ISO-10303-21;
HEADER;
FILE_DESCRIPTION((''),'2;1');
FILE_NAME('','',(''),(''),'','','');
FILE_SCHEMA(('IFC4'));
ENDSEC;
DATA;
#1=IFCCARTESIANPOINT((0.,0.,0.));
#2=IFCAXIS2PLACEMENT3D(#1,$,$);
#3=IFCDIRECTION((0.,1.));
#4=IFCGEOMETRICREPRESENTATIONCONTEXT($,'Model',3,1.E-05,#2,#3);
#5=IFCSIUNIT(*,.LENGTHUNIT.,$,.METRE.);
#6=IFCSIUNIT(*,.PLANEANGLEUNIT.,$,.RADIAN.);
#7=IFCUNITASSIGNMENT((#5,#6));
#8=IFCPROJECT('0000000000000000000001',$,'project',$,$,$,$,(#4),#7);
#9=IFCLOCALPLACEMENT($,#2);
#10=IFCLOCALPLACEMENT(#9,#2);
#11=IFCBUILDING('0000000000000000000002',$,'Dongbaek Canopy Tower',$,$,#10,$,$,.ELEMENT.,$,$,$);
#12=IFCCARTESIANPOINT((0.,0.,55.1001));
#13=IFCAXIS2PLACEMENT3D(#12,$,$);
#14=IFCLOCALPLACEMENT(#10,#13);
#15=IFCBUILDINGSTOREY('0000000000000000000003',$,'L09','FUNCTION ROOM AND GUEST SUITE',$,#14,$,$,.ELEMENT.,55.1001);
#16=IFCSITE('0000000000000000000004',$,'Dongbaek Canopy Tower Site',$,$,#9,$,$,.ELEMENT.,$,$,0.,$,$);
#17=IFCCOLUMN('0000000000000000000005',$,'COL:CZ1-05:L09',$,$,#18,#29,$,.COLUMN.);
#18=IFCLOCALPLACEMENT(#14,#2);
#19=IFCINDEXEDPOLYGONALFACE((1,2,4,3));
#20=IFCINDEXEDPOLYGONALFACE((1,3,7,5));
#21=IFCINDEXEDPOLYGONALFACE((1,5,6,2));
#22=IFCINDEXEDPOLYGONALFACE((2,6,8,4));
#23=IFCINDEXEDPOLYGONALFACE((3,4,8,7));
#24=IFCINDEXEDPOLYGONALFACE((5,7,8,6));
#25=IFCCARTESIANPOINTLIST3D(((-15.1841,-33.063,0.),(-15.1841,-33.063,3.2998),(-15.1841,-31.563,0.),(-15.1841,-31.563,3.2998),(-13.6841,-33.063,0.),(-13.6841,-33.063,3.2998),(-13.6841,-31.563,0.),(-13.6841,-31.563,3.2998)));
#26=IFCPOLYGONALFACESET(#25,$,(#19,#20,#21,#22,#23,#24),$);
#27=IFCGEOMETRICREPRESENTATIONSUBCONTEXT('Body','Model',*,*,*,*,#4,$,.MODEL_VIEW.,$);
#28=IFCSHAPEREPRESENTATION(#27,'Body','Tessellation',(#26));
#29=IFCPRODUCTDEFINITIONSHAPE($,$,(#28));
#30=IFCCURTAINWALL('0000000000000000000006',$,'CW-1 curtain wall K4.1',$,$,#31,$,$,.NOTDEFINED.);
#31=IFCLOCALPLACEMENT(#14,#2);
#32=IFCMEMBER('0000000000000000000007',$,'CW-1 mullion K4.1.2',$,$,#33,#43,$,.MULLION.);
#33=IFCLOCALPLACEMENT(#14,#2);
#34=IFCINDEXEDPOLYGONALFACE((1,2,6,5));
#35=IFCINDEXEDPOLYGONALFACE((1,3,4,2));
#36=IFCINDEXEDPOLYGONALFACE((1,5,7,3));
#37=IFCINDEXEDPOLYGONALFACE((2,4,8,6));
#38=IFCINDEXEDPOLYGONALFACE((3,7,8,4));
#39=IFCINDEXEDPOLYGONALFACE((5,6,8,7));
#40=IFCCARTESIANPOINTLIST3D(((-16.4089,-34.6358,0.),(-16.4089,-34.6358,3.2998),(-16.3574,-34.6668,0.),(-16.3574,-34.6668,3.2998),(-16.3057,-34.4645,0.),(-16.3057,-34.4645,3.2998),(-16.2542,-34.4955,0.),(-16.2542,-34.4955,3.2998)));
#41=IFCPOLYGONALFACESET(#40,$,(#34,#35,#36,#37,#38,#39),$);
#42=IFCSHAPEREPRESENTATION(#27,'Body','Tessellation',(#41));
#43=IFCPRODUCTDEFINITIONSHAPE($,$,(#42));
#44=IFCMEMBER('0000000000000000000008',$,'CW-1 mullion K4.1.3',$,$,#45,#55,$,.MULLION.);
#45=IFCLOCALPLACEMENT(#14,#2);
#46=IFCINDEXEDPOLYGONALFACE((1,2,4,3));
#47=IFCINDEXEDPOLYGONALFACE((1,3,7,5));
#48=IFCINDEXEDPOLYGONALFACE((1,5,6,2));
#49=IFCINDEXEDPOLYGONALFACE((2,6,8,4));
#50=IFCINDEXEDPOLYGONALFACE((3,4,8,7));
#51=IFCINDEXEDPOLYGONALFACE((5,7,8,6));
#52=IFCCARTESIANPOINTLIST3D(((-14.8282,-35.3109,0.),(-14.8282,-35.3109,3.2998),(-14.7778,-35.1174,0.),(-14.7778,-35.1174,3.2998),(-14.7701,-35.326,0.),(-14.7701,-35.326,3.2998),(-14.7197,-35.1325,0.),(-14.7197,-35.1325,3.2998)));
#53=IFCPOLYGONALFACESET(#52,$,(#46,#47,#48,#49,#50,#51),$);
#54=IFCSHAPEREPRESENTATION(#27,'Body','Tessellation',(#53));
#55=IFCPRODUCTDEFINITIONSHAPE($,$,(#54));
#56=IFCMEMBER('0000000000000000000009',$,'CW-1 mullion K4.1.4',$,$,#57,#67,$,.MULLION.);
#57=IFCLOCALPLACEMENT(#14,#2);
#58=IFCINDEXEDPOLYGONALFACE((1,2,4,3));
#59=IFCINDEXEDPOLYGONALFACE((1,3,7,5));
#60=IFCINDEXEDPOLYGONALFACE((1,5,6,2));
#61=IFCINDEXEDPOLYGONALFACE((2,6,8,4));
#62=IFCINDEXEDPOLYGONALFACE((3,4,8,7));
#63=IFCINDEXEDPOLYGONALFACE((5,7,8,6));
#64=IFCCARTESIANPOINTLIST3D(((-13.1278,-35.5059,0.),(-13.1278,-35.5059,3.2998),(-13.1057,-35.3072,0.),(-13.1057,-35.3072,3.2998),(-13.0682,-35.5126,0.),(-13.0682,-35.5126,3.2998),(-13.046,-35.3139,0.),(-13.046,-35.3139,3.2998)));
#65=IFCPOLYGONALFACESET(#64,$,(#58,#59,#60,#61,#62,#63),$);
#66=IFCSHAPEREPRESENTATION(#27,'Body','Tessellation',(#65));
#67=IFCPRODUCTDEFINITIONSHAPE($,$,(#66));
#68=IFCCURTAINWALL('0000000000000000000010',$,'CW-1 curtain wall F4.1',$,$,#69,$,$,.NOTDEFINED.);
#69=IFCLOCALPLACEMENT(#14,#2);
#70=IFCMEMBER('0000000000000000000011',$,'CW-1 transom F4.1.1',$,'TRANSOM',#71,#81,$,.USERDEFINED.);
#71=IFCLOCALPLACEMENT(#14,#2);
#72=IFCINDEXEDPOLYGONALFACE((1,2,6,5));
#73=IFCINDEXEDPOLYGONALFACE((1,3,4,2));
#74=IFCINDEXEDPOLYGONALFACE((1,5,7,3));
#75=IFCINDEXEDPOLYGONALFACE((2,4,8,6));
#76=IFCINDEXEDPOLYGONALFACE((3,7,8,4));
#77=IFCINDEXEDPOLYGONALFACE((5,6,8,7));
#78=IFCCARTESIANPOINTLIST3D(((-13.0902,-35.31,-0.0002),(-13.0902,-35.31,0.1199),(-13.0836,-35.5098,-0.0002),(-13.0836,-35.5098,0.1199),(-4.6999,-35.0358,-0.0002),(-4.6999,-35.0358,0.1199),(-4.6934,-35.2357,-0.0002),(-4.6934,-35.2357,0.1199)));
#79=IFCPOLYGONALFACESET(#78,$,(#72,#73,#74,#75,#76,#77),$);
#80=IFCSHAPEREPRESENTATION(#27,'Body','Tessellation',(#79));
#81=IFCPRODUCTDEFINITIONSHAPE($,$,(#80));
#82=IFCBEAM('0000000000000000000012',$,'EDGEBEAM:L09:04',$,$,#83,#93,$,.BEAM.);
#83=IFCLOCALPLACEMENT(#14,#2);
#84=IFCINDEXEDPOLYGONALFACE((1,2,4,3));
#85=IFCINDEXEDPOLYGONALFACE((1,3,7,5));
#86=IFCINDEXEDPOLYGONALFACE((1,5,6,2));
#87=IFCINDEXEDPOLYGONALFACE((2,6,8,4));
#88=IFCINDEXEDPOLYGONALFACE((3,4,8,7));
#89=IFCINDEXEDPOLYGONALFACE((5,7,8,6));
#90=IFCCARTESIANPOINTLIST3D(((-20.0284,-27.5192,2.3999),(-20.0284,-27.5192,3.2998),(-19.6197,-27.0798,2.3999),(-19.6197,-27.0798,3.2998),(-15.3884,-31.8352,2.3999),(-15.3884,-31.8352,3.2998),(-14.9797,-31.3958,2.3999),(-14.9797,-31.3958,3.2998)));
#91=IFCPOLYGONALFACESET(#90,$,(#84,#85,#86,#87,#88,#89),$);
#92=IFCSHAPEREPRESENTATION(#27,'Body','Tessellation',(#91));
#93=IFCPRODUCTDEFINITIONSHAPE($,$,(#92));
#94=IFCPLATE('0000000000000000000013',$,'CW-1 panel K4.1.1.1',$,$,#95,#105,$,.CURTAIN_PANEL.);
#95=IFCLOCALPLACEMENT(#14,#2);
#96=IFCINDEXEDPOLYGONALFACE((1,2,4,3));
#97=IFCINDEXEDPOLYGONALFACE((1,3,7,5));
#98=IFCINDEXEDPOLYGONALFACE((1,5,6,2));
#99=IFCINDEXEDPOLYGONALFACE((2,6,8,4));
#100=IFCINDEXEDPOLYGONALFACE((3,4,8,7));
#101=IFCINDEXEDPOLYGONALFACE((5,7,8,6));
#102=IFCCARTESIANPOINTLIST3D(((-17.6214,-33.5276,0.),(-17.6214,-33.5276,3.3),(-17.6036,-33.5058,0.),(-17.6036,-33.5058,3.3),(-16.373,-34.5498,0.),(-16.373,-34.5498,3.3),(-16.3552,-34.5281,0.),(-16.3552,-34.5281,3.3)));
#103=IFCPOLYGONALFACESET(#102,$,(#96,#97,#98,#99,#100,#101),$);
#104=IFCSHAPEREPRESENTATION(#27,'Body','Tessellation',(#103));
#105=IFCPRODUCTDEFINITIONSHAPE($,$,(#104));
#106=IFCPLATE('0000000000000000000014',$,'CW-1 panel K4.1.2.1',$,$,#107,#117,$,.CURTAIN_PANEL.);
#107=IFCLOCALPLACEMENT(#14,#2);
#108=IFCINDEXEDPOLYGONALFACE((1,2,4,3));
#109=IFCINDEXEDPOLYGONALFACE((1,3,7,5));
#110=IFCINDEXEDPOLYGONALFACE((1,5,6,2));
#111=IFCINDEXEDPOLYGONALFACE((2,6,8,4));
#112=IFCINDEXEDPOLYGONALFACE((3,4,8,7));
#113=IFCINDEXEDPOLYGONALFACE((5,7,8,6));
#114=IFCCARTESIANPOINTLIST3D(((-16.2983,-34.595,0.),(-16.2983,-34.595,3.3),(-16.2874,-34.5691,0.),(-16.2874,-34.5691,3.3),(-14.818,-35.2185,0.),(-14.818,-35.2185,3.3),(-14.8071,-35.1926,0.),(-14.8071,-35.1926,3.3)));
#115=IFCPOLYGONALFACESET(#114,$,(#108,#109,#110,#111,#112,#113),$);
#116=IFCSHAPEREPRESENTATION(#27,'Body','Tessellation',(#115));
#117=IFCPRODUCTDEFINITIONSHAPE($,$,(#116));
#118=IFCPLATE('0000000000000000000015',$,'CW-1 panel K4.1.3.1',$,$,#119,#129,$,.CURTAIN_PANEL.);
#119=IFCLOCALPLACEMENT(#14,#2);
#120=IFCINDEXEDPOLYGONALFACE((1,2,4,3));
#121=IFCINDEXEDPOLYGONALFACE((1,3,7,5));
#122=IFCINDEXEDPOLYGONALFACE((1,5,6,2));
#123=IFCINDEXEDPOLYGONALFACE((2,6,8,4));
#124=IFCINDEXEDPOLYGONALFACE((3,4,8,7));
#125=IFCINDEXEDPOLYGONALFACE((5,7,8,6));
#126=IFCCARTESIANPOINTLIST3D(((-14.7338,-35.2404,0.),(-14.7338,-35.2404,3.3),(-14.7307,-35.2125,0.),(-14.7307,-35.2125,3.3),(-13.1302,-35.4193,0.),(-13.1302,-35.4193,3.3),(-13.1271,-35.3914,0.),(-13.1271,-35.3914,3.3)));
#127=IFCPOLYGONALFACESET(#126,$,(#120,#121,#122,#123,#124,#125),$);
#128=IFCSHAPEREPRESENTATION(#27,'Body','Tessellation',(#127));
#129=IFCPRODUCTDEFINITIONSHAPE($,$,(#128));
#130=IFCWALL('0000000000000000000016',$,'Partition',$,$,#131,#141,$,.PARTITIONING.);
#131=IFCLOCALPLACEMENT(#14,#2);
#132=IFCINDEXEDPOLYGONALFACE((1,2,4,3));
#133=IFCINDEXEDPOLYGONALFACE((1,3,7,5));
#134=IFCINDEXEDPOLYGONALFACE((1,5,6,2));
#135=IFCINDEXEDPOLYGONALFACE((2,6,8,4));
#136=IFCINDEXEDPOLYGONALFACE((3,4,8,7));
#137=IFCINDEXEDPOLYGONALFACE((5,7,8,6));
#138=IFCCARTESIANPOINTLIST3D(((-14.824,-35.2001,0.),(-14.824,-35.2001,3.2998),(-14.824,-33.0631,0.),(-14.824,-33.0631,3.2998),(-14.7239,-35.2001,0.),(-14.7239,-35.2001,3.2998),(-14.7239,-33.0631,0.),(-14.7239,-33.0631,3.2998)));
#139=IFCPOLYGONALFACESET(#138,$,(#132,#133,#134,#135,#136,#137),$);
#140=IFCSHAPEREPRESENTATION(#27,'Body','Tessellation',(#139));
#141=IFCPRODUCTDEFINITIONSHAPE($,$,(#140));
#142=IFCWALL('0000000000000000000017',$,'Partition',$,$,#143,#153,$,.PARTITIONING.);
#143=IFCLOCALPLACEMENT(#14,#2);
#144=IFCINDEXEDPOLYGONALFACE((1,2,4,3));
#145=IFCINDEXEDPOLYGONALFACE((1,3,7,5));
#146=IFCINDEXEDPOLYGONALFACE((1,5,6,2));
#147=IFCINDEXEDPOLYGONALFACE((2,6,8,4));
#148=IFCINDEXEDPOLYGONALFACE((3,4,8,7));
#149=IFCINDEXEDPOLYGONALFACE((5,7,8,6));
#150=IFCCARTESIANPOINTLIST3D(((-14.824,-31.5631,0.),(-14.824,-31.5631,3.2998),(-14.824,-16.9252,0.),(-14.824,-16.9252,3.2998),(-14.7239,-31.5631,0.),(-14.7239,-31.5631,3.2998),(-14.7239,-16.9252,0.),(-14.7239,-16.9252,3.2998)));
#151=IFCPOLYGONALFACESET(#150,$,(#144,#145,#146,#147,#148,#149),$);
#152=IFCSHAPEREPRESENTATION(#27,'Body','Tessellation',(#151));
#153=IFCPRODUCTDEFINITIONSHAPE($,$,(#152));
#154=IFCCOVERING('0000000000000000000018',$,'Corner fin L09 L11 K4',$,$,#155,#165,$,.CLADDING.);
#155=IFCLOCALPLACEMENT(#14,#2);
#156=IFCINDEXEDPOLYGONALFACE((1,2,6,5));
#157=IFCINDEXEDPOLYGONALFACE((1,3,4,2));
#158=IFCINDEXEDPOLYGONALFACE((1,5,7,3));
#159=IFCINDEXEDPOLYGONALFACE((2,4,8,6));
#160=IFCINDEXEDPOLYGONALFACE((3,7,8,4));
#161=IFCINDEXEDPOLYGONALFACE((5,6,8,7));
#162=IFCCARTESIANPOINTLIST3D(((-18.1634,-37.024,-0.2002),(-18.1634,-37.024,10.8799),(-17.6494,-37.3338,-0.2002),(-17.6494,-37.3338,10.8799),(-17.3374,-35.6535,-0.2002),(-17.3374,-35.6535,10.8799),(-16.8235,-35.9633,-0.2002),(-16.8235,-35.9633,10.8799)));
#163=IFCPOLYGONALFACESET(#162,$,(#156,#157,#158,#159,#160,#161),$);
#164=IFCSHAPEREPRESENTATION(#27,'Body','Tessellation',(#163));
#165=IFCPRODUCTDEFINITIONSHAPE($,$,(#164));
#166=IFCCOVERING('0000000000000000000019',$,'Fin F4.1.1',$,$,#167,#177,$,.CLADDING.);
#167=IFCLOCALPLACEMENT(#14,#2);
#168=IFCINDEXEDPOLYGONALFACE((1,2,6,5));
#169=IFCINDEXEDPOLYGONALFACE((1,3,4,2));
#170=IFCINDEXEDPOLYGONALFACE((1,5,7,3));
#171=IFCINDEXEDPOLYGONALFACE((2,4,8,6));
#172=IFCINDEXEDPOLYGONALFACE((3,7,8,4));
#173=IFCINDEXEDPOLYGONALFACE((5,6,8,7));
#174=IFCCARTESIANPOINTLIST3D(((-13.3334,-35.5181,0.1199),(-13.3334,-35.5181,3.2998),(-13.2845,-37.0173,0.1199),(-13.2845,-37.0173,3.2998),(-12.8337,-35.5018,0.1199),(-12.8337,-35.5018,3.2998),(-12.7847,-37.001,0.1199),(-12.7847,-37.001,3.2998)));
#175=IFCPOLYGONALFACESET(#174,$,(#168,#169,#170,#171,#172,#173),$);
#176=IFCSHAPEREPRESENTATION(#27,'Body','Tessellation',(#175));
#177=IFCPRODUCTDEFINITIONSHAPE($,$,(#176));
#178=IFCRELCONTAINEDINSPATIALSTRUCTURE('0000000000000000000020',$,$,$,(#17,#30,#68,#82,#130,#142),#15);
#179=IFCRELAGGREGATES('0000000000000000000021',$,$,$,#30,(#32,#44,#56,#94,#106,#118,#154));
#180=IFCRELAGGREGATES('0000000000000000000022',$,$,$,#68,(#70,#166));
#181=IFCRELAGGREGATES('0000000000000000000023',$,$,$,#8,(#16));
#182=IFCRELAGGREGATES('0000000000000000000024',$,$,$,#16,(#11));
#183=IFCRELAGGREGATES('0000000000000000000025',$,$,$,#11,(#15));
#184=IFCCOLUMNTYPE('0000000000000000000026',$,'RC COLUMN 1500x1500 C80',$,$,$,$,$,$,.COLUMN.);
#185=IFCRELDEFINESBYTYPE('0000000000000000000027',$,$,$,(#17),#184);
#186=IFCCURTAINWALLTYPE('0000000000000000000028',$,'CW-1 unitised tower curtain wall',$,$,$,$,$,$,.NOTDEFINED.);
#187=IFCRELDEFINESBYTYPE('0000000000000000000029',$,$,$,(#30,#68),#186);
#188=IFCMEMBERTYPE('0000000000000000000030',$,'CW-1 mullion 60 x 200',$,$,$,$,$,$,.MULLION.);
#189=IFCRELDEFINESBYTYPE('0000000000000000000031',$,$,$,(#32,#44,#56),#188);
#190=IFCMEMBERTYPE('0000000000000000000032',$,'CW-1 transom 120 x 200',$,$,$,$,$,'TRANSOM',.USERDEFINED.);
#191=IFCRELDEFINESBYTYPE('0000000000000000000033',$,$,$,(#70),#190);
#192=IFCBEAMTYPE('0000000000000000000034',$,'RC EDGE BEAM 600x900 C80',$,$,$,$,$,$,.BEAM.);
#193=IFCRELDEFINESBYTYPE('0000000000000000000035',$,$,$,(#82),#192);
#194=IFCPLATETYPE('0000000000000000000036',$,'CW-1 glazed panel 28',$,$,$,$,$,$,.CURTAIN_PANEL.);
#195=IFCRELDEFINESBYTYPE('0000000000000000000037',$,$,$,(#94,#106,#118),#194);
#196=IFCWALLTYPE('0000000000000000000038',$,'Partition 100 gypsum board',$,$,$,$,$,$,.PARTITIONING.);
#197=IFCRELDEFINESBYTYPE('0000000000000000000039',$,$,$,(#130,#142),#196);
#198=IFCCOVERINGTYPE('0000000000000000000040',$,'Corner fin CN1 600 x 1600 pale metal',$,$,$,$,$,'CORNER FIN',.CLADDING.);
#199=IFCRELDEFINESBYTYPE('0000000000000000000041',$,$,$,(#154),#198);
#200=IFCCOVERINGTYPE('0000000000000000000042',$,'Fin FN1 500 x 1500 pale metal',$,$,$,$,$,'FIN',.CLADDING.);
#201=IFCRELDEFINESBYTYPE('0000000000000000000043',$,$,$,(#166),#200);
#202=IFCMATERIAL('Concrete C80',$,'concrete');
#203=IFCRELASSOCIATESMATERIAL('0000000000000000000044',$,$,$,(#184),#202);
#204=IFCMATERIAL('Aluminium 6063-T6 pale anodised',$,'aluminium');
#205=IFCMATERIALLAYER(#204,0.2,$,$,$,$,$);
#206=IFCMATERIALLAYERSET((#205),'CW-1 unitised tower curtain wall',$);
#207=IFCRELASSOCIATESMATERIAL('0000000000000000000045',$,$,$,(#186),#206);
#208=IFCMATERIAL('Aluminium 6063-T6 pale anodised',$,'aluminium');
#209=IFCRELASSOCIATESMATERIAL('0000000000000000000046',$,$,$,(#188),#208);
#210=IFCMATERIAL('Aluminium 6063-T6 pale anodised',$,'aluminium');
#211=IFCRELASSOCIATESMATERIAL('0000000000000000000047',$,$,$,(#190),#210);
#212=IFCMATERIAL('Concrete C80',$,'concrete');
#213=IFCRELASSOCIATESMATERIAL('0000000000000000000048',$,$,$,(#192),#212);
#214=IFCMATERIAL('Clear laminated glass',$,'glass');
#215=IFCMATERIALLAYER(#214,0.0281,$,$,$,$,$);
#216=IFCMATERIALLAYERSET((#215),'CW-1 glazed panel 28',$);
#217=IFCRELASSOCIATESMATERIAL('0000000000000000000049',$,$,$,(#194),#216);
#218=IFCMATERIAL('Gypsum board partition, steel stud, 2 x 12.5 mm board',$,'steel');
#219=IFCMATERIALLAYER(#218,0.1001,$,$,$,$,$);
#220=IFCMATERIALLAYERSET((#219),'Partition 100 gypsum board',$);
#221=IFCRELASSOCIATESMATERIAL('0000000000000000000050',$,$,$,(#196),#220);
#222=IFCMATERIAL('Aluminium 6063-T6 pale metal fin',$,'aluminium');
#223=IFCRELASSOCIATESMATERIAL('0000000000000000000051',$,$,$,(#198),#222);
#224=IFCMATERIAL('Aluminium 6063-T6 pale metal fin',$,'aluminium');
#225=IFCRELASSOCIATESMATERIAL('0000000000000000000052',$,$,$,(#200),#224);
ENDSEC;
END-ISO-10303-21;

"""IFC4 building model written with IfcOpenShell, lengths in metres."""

from ifc_helpers import new_model, si_unit, direction, frame, frame_2d, origin, origin_2d, place, context, subcontext, project, spatial, rectangle, extrude, material, layer, layer_set, material_profile, profile_set, type_object, element, aggregate, save


model = new_model("IFC4")

# Units and contexts
model_context = context("Model", 3, precision=1e-05, world=origin(), true_north=direction((0.0, 1.0)))
body_context = subcontext(model_context, "Body", "Model", "MODEL_VIEW")
ifc_project = project(units=[si_unit("LENGTHUNIT", "METRE"), si_unit("PLANEANGLEUNIT", "RADIAN")], contexts=[model_context])

# Site, building, storey
site_placement = place(None, origin())
site = spatial("IfcSite", under=ifc_project, at=site_placement, Name="Dongbaek Canopy Tower Site", CompositionType="ELEMENT", RefElevation=0.0)
building_placement = place(site_placement, origin())
building = spatial("IfcBuilding", under=site, at=building_placement, Name="Dongbaek Canopy Tower", CompositionType="ELEMENT")
storey_placement = place(building_placement, frame((0.0, 0.0, 55.1001)))
storey = spatial("IfcBuildingStorey", under=building, at=storey_placement, Name="L09", Description="FUNCTION ROOM AND GUEST SUITE", CompositionType="ELEMENT", Elevation=55.1001)

# Column
ifc_material_1 = material(Name="Concrete C80", Category="concrete")
ifc_material_profile_1 = material_profile(ifc_material_1, rectangle(XDim=1.5, YDim=1.5, at=origin_2d()), Name="RC COLUMN 1500x1500 C80")
ifc_profile_set_1 = profile_set([ifc_material_profile_1], Name="Concrete C80")
column_type = type_object("IfcColumnType", Name="RC COLUMN 1500x1500 C80", PredefinedType="COLUMN", material=ifc_profile_set_1)
column_placement = place(storey_placement, frame((-14.4341, -32.313, 0.0), z_axis=(0.0, 0.0, 1.0), x_axis=(1.0, 0.0, 0.0)))
element("IfcColumn", 1, at=column_placement, inside=storey, type_object=column_type, Name="COL:CZ1-05:L09", PredefinedType="COLUMN", context=body_context, shape_type="SweptSolid", body=[
    extrude(rectangle(XDim=1.5, YDim=1.5, at=origin_2d()), origin(), (0.0, 0.0, 1.0), 3.2998),
])

# Curtain wall, members
ifc_material_2 = material(Name="Aluminium 6063-T6 pale anodised", Category="aluminium")
ifc_layer_1 = layer(ifc_material_2, 0.2)
ifc_layer_set_1 = layer_set([ifc_layer_1], Name="CW-1 unitised tower curtain wall")
curtain_wall_type = type_object("IfcCurtainWallType", Name="CW-1 unitised tower curtain wall", PredefinedType="NOTDEFINED", material=ifc_layer_set_1)
curtain_wall_1_placement = place(storey_placement, origin())
curtain_wall_1 = element("IfcCurtainWall", 2, at=curtain_wall_1_placement, inside=storey, type_object=curtain_wall_type, Name="CW-1 curtain wall K4.1", PredefinedType="NOTDEFINED")
ifc_material_3 = material(Name="Aluminium 6063-T6 pale anodised", Category="aluminium")
ifc_material_profile_2 = material_profile(ifc_material_3, rectangle(XDim=0.2, YDim=0.0601, at=origin_2d()), Name="CW-1 mullion 60 x 200")
ifc_profile_set_2 = profile_set([ifc_material_profile_2], Name="Aluminium 6063-T6 pale anodised")
member_type_1 = type_object("IfcMemberType", Name="CW-1 mullion 60 x 200", PredefinedType="MULLION", material=ifc_profile_set_2)
member_1_placement = place(storey_placement, frame((-16.3315, -34.5657, 0.0), z_axis=(0.0, 0.0, 1.0), x_axis=(-0.516171, -0.856486, 0.0)))
member_1 = element("IfcMember", 3, at=member_1_placement, type_object=member_type_1, Name="CW-1 mullion K4.1.2", PredefinedType="MULLION", context=body_context, shape_type="SweptSolid", body=[
    extrude(rectangle(XDim=0.2, YDim=0.0601, at=origin_2d()), origin(), (0.0, 0.0, 1.0), 3.2998),
])
member_2_placement = place(storey_placement, frame((-14.7739, -35.2217, 0.0), z_axis=(0.0, 0.0, 1.0), x_axis=(-0.252111, -0.967698, 0.0)))
member_2 = element("IfcMember", 4, at=member_2_placement, type_object=member_type_1, Name="CW-1 mullion K4.1.3", PredefinedType="MULLION", context=body_context, shape_type="SweptSolid", body=[
    extrude(rectangle(XDim=0.2, YDim=0.0601, at=origin_2d()), origin(), (0.0, 0.0, 1.0), 3.2998),
])
member_3_placement = place(storey_placement, frame((-13.0869, -35.4099, 0.0), z_axis=(0.0, 0.0, 1.0), x_axis=(-0.110876, -0.993834, 0.0)))
member_3 = element("IfcMember", 5, at=member_3_placement, type_object=member_type_1, Name="CW-1 mullion K4.1.4", PredefinedType="MULLION", context=body_context, shape_type="SweptSolid", body=[
    extrude(rectangle(XDim=0.2, YDim=0.0601, at=origin_2d()), origin(), (0.0, 0.0, 1.0), 3.2998),
])

# Curtain wall, member
curtain_wall_2_placement = place(storey_placement, origin())
curtain_wall_2 = element("IfcCurtainWall", 6, at=curtain_wall_2_placement, inside=storey, type_object=curtain_wall_type, Name="CW-1 curtain wall F4.1", PredefinedType="NOTDEFINED")
ifc_material_4 = material(Name="Aluminium 6063-T6 pale anodised", Category="aluminium")
ifc_material_profile_3 = material_profile(ifc_material_4, rectangle(XDim=0.2, YDim=0.1201, at=origin_2d()), Name="CW-1 transom 120 x 200")
ifc_profile_set_3 = profile_set([ifc_material_profile_3], Name="Aluminium 6063-T6 pale anodised")
member_type_2 = type_object("IfcMemberType", Name="CW-1 transom 120 x 200", ElementType="TRANSOM", PredefinedType="USERDEFINED", material=ifc_profile_set_3)
member_4_placement = place(storey_placement, frame((-13.0869, -35.4099, 0.0598), z_axis=(0.999467, 0.032659, 0.0), x_axis=(-0.032659, 0.999467, 0.0)))
member_4 = element("IfcMember", 7, at=member_4_placement, type_object=member_type_2, Name="CW-1 transom F4.1.1", ObjectType="TRANSOM", PredefinedType="USERDEFINED", context=body_context, shape_type="SweptSolid", body=[
    extrude(rectangle(XDim=0.2, YDim=0.1201, at=origin_2d()), origin(), (0.0, 0.0, 1.0), 8.3948),
])

# Beam
ifc_material_5 = material(Name="Concrete C80", Category="concrete")
ifc_material_profile_4 = material_profile(ifc_material_5, rectangle(XDim=0.6001, YDim=0.8999, at=origin_2d()), Name="RC EDGE BEAM 600x900 C80")
ifc_profile_set_4 = profile_set([ifc_material_profile_4], Name="Concrete C80")
beam_type = type_object("IfcBeamType", Name="RC EDGE BEAM 600x900 C80", PredefinedType="BEAM", material=ifc_profile_set_4)
beam_placement = place(storey_placement, frame((-15.1841, -31.6155, 2.8499), z_axis=(-0.732207, 0.681082, 0.0), x_axis=(-0.681082, -0.732207, 0.0)))
element("IfcBeam", 8, at=beam_placement, inside=storey, type_object=beam_type, Name="EDGEBEAM:L09:04", PredefinedType="BEAM", context=body_context, shape_type="SweptSolid", body=[
    extrude(rectangle(XDim=0.6001, YDim=0.8999, at=origin_2d()), origin(), (0.0, 0.0, 1.0), 6.3369),
])

# Plates
ifc_material_6 = material(Name="Clear laminated glass", Category="glass")
ifc_layer_2 = layer(ifc_material_6, 0.0281)
ifc_layer_set_2 = layer_set([ifc_layer_2], Name="CW-1 glazed panel 28")
plate_type = type_object("IfcPlateType", Name="CW-1 glazed panel 28", PredefinedType="CURTAIN_PANEL", material=ifc_layer_set_2)
plate_1_placement = place(storey_placement, frame((-16.9883, -34.0278, 0.0), z_axis=(0.0, 0.0, 1.0), x_axis=(0.773703, -0.633548, 0.0)))
plate_1 = element("IfcPlate", 9, at=plate_1_placement, type_object=plate_type, Name="CW-1 panel K4.1.1.1", PredefinedType="CURTAIN_PANEL", context=body_context, shape_type="SweptSolid", body=[
    extrude(rectangle(XDim=1.6135, YDim=0.0281, at=origin_2d()), origin(), (0.0, 0.0, 1.0), 3.3),
])
plate_2_placement = place(storey_placement, frame((-15.5527, -34.8938, 0.0), z_axis=(0.0, 0.0, 1.0), x_axis=(0.921598, -0.388145, 0.0)))
plate_2 = element("IfcPlate", 10, at=plate_2_placement, type_object=plate_type, Name="CW-1 panel K4.1.2.1", PredefinedType="CURTAIN_PANEL", context=body_context, shape_type="SweptSolid", body=[
    extrude(rectangle(XDim=1.6062, YDim=0.0281, at=origin_2d()), origin(), (0.0, 0.0, 1.0), 3.3),
])
plate_3_placement = place(storey_placement, frame((-13.9304, -35.3159, 0.0), z_axis=(0.0, 0.0, 1.0), x_axis=(0.993834, -0.110876, 0.0)))
plate_3 = element("IfcPlate", 11, at=plate_3_placement, type_object=plate_type, Name="CW-1 panel K4.1.3.1", PredefinedType="CURTAIN_PANEL", context=body_context, shape_type="SweptSolid", body=[
    extrude(rectangle(XDim=1.6135, YDim=0.0281, at=origin_2d()), origin(), (0.0, 0.0, 1.0), 3.3),
])

# Walls
ifc_material_7 = material(Name="Gypsum board partition, steel stud, 2 x 12.5 mm board", Category="steel")
ifc_layer_3 = layer(ifc_material_7, 0.1001)
ifc_layer_set_3 = layer_set([ifc_layer_3], Name="Partition 100 gypsum board")
wall_type = type_object("IfcWallType", Name="Partition 100 gypsum board", PredefinedType="PARTITIONING", material=ifc_layer_set_3)
wall_1_placement = place(storey_placement, frame((-14.7739, -35.2, 0.0), z_axis=(0.0, 0.0, 1.0), x_axis=(0.0, 1.0, 0.0)))
element("IfcWall", 12, at=wall_1_placement, inside=storey, type_object=wall_type, Name="Partition", PredefinedType="PARTITIONING", context=body_context, shape_type="SweptSolid", body=[
    extrude(rectangle(XDim=2.137, YDim=0.1001, at=frame_2d((1.0684, 0.0))), origin(), (0.0, 0.0, 1.0), 3.2998),
])
wall_2_placement = place(storey_placement, frame((-14.7739, -31.563, 0.0), z_axis=(0.0, 0.0, 1.0), x_axis=(0.0, 1.0, 0.0)))
element("IfcWall", 13, at=wall_2_placement, inside=storey, type_object=wall_type, Name="Partition", PredefinedType="PARTITIONING", context=body_context, shape_type="SweptSolid", body=[
    extrude(rectangle(XDim=14.6379, YDim=0.1001, at=frame_2d((7.3188, 0.0))), origin(), (0.0, 0.0, 1.0), 3.2998),
])

# Coverings
ifc_material_8 = material(Name="Aluminium 6063-T6 pale metal fin", Category="aluminium")
ifc_material_profile_5 = material_profile(ifc_material_8, rectangle(XDim=1.6001, YDim=0.6001, at=origin_2d()), Name="Corner fin CN1 600 x 1600 pale metal")
ifc_profile_set_5 = profile_set([ifc_material_profile_5], Name="Aluminium 6063-T6 pale metal fin")
covering_type_1 = type_object("IfcCoveringType", Name="Corner fin CN1 600 x 1600 pale metal", ElementType="CORNER FIN", PredefinedType="CLADDING", material=ifc_profile_set_5)
covering_1_placement = place(storey_placement, frame((-17.4934, -36.4937, -0.2002), z_axis=(0.0, 0.0, 1.0), x_axis=(-0.51617, -0.856486, 0.0)))
covering_1 = element("IfcCovering", 14, at=covering_1_placement, type_object=covering_type_1, Name="Corner fin L09 L11 K4", PredefinedType="CLADDING", context=body_context, shape_type="SweptSolid", body=[
    extrude(rectangle(XDim=1.6001, YDim=0.6001, at=origin_2d()), origin(), (0.0, 0.0, 1.0), 11.0801),
])
aggregate(curtain_wall_1, [member_1, member_2, member_3, plate_1, plate_2, plate_3, covering_1])
ifc_material_9 = material(Name="Aluminium 6063-T6 pale metal fin", Category="aluminium")
ifc_material_profile_6 = material_profile(ifc_material_9, rectangle(XDim=1.5, YDim=0.5, at=origin_2d()), Name="Fin FN1 500 x 1500 pale metal")
ifc_profile_set_6 = profile_set([ifc_material_profile_6], Name="Aluminium 6063-T6 pale metal fin")
covering_type_2 = type_object("IfcCoveringType", Name="Fin FN1 500 x 1500 pale metal", ElementType="FIN", PredefinedType="CLADDING", material=ifc_profile_set_6)
covering_2_placement = place(storey_placement, frame((-13.0591, -36.2595, 0.1199), z_axis=(0.0, 0.0, 1.0), x_axis=(0.032646, -0.999467, 0.0)))
covering_2 = element("IfcCovering", 15, at=covering_2_placement, type_object=covering_type_2, Name="Fin F4.1.1", PredefinedType="CLADDING", context=body_context, shape_type="SweptSolid", body=[
    extrude(rectangle(XDim=1.5, YDim=0.5, at=origin_2d()), origin(), (0.0, 0.0, 1.0), 3.1799),
])
aggregate(curtain_wall_2, [member_4, covering_2])

save(model, "model.ifc")
